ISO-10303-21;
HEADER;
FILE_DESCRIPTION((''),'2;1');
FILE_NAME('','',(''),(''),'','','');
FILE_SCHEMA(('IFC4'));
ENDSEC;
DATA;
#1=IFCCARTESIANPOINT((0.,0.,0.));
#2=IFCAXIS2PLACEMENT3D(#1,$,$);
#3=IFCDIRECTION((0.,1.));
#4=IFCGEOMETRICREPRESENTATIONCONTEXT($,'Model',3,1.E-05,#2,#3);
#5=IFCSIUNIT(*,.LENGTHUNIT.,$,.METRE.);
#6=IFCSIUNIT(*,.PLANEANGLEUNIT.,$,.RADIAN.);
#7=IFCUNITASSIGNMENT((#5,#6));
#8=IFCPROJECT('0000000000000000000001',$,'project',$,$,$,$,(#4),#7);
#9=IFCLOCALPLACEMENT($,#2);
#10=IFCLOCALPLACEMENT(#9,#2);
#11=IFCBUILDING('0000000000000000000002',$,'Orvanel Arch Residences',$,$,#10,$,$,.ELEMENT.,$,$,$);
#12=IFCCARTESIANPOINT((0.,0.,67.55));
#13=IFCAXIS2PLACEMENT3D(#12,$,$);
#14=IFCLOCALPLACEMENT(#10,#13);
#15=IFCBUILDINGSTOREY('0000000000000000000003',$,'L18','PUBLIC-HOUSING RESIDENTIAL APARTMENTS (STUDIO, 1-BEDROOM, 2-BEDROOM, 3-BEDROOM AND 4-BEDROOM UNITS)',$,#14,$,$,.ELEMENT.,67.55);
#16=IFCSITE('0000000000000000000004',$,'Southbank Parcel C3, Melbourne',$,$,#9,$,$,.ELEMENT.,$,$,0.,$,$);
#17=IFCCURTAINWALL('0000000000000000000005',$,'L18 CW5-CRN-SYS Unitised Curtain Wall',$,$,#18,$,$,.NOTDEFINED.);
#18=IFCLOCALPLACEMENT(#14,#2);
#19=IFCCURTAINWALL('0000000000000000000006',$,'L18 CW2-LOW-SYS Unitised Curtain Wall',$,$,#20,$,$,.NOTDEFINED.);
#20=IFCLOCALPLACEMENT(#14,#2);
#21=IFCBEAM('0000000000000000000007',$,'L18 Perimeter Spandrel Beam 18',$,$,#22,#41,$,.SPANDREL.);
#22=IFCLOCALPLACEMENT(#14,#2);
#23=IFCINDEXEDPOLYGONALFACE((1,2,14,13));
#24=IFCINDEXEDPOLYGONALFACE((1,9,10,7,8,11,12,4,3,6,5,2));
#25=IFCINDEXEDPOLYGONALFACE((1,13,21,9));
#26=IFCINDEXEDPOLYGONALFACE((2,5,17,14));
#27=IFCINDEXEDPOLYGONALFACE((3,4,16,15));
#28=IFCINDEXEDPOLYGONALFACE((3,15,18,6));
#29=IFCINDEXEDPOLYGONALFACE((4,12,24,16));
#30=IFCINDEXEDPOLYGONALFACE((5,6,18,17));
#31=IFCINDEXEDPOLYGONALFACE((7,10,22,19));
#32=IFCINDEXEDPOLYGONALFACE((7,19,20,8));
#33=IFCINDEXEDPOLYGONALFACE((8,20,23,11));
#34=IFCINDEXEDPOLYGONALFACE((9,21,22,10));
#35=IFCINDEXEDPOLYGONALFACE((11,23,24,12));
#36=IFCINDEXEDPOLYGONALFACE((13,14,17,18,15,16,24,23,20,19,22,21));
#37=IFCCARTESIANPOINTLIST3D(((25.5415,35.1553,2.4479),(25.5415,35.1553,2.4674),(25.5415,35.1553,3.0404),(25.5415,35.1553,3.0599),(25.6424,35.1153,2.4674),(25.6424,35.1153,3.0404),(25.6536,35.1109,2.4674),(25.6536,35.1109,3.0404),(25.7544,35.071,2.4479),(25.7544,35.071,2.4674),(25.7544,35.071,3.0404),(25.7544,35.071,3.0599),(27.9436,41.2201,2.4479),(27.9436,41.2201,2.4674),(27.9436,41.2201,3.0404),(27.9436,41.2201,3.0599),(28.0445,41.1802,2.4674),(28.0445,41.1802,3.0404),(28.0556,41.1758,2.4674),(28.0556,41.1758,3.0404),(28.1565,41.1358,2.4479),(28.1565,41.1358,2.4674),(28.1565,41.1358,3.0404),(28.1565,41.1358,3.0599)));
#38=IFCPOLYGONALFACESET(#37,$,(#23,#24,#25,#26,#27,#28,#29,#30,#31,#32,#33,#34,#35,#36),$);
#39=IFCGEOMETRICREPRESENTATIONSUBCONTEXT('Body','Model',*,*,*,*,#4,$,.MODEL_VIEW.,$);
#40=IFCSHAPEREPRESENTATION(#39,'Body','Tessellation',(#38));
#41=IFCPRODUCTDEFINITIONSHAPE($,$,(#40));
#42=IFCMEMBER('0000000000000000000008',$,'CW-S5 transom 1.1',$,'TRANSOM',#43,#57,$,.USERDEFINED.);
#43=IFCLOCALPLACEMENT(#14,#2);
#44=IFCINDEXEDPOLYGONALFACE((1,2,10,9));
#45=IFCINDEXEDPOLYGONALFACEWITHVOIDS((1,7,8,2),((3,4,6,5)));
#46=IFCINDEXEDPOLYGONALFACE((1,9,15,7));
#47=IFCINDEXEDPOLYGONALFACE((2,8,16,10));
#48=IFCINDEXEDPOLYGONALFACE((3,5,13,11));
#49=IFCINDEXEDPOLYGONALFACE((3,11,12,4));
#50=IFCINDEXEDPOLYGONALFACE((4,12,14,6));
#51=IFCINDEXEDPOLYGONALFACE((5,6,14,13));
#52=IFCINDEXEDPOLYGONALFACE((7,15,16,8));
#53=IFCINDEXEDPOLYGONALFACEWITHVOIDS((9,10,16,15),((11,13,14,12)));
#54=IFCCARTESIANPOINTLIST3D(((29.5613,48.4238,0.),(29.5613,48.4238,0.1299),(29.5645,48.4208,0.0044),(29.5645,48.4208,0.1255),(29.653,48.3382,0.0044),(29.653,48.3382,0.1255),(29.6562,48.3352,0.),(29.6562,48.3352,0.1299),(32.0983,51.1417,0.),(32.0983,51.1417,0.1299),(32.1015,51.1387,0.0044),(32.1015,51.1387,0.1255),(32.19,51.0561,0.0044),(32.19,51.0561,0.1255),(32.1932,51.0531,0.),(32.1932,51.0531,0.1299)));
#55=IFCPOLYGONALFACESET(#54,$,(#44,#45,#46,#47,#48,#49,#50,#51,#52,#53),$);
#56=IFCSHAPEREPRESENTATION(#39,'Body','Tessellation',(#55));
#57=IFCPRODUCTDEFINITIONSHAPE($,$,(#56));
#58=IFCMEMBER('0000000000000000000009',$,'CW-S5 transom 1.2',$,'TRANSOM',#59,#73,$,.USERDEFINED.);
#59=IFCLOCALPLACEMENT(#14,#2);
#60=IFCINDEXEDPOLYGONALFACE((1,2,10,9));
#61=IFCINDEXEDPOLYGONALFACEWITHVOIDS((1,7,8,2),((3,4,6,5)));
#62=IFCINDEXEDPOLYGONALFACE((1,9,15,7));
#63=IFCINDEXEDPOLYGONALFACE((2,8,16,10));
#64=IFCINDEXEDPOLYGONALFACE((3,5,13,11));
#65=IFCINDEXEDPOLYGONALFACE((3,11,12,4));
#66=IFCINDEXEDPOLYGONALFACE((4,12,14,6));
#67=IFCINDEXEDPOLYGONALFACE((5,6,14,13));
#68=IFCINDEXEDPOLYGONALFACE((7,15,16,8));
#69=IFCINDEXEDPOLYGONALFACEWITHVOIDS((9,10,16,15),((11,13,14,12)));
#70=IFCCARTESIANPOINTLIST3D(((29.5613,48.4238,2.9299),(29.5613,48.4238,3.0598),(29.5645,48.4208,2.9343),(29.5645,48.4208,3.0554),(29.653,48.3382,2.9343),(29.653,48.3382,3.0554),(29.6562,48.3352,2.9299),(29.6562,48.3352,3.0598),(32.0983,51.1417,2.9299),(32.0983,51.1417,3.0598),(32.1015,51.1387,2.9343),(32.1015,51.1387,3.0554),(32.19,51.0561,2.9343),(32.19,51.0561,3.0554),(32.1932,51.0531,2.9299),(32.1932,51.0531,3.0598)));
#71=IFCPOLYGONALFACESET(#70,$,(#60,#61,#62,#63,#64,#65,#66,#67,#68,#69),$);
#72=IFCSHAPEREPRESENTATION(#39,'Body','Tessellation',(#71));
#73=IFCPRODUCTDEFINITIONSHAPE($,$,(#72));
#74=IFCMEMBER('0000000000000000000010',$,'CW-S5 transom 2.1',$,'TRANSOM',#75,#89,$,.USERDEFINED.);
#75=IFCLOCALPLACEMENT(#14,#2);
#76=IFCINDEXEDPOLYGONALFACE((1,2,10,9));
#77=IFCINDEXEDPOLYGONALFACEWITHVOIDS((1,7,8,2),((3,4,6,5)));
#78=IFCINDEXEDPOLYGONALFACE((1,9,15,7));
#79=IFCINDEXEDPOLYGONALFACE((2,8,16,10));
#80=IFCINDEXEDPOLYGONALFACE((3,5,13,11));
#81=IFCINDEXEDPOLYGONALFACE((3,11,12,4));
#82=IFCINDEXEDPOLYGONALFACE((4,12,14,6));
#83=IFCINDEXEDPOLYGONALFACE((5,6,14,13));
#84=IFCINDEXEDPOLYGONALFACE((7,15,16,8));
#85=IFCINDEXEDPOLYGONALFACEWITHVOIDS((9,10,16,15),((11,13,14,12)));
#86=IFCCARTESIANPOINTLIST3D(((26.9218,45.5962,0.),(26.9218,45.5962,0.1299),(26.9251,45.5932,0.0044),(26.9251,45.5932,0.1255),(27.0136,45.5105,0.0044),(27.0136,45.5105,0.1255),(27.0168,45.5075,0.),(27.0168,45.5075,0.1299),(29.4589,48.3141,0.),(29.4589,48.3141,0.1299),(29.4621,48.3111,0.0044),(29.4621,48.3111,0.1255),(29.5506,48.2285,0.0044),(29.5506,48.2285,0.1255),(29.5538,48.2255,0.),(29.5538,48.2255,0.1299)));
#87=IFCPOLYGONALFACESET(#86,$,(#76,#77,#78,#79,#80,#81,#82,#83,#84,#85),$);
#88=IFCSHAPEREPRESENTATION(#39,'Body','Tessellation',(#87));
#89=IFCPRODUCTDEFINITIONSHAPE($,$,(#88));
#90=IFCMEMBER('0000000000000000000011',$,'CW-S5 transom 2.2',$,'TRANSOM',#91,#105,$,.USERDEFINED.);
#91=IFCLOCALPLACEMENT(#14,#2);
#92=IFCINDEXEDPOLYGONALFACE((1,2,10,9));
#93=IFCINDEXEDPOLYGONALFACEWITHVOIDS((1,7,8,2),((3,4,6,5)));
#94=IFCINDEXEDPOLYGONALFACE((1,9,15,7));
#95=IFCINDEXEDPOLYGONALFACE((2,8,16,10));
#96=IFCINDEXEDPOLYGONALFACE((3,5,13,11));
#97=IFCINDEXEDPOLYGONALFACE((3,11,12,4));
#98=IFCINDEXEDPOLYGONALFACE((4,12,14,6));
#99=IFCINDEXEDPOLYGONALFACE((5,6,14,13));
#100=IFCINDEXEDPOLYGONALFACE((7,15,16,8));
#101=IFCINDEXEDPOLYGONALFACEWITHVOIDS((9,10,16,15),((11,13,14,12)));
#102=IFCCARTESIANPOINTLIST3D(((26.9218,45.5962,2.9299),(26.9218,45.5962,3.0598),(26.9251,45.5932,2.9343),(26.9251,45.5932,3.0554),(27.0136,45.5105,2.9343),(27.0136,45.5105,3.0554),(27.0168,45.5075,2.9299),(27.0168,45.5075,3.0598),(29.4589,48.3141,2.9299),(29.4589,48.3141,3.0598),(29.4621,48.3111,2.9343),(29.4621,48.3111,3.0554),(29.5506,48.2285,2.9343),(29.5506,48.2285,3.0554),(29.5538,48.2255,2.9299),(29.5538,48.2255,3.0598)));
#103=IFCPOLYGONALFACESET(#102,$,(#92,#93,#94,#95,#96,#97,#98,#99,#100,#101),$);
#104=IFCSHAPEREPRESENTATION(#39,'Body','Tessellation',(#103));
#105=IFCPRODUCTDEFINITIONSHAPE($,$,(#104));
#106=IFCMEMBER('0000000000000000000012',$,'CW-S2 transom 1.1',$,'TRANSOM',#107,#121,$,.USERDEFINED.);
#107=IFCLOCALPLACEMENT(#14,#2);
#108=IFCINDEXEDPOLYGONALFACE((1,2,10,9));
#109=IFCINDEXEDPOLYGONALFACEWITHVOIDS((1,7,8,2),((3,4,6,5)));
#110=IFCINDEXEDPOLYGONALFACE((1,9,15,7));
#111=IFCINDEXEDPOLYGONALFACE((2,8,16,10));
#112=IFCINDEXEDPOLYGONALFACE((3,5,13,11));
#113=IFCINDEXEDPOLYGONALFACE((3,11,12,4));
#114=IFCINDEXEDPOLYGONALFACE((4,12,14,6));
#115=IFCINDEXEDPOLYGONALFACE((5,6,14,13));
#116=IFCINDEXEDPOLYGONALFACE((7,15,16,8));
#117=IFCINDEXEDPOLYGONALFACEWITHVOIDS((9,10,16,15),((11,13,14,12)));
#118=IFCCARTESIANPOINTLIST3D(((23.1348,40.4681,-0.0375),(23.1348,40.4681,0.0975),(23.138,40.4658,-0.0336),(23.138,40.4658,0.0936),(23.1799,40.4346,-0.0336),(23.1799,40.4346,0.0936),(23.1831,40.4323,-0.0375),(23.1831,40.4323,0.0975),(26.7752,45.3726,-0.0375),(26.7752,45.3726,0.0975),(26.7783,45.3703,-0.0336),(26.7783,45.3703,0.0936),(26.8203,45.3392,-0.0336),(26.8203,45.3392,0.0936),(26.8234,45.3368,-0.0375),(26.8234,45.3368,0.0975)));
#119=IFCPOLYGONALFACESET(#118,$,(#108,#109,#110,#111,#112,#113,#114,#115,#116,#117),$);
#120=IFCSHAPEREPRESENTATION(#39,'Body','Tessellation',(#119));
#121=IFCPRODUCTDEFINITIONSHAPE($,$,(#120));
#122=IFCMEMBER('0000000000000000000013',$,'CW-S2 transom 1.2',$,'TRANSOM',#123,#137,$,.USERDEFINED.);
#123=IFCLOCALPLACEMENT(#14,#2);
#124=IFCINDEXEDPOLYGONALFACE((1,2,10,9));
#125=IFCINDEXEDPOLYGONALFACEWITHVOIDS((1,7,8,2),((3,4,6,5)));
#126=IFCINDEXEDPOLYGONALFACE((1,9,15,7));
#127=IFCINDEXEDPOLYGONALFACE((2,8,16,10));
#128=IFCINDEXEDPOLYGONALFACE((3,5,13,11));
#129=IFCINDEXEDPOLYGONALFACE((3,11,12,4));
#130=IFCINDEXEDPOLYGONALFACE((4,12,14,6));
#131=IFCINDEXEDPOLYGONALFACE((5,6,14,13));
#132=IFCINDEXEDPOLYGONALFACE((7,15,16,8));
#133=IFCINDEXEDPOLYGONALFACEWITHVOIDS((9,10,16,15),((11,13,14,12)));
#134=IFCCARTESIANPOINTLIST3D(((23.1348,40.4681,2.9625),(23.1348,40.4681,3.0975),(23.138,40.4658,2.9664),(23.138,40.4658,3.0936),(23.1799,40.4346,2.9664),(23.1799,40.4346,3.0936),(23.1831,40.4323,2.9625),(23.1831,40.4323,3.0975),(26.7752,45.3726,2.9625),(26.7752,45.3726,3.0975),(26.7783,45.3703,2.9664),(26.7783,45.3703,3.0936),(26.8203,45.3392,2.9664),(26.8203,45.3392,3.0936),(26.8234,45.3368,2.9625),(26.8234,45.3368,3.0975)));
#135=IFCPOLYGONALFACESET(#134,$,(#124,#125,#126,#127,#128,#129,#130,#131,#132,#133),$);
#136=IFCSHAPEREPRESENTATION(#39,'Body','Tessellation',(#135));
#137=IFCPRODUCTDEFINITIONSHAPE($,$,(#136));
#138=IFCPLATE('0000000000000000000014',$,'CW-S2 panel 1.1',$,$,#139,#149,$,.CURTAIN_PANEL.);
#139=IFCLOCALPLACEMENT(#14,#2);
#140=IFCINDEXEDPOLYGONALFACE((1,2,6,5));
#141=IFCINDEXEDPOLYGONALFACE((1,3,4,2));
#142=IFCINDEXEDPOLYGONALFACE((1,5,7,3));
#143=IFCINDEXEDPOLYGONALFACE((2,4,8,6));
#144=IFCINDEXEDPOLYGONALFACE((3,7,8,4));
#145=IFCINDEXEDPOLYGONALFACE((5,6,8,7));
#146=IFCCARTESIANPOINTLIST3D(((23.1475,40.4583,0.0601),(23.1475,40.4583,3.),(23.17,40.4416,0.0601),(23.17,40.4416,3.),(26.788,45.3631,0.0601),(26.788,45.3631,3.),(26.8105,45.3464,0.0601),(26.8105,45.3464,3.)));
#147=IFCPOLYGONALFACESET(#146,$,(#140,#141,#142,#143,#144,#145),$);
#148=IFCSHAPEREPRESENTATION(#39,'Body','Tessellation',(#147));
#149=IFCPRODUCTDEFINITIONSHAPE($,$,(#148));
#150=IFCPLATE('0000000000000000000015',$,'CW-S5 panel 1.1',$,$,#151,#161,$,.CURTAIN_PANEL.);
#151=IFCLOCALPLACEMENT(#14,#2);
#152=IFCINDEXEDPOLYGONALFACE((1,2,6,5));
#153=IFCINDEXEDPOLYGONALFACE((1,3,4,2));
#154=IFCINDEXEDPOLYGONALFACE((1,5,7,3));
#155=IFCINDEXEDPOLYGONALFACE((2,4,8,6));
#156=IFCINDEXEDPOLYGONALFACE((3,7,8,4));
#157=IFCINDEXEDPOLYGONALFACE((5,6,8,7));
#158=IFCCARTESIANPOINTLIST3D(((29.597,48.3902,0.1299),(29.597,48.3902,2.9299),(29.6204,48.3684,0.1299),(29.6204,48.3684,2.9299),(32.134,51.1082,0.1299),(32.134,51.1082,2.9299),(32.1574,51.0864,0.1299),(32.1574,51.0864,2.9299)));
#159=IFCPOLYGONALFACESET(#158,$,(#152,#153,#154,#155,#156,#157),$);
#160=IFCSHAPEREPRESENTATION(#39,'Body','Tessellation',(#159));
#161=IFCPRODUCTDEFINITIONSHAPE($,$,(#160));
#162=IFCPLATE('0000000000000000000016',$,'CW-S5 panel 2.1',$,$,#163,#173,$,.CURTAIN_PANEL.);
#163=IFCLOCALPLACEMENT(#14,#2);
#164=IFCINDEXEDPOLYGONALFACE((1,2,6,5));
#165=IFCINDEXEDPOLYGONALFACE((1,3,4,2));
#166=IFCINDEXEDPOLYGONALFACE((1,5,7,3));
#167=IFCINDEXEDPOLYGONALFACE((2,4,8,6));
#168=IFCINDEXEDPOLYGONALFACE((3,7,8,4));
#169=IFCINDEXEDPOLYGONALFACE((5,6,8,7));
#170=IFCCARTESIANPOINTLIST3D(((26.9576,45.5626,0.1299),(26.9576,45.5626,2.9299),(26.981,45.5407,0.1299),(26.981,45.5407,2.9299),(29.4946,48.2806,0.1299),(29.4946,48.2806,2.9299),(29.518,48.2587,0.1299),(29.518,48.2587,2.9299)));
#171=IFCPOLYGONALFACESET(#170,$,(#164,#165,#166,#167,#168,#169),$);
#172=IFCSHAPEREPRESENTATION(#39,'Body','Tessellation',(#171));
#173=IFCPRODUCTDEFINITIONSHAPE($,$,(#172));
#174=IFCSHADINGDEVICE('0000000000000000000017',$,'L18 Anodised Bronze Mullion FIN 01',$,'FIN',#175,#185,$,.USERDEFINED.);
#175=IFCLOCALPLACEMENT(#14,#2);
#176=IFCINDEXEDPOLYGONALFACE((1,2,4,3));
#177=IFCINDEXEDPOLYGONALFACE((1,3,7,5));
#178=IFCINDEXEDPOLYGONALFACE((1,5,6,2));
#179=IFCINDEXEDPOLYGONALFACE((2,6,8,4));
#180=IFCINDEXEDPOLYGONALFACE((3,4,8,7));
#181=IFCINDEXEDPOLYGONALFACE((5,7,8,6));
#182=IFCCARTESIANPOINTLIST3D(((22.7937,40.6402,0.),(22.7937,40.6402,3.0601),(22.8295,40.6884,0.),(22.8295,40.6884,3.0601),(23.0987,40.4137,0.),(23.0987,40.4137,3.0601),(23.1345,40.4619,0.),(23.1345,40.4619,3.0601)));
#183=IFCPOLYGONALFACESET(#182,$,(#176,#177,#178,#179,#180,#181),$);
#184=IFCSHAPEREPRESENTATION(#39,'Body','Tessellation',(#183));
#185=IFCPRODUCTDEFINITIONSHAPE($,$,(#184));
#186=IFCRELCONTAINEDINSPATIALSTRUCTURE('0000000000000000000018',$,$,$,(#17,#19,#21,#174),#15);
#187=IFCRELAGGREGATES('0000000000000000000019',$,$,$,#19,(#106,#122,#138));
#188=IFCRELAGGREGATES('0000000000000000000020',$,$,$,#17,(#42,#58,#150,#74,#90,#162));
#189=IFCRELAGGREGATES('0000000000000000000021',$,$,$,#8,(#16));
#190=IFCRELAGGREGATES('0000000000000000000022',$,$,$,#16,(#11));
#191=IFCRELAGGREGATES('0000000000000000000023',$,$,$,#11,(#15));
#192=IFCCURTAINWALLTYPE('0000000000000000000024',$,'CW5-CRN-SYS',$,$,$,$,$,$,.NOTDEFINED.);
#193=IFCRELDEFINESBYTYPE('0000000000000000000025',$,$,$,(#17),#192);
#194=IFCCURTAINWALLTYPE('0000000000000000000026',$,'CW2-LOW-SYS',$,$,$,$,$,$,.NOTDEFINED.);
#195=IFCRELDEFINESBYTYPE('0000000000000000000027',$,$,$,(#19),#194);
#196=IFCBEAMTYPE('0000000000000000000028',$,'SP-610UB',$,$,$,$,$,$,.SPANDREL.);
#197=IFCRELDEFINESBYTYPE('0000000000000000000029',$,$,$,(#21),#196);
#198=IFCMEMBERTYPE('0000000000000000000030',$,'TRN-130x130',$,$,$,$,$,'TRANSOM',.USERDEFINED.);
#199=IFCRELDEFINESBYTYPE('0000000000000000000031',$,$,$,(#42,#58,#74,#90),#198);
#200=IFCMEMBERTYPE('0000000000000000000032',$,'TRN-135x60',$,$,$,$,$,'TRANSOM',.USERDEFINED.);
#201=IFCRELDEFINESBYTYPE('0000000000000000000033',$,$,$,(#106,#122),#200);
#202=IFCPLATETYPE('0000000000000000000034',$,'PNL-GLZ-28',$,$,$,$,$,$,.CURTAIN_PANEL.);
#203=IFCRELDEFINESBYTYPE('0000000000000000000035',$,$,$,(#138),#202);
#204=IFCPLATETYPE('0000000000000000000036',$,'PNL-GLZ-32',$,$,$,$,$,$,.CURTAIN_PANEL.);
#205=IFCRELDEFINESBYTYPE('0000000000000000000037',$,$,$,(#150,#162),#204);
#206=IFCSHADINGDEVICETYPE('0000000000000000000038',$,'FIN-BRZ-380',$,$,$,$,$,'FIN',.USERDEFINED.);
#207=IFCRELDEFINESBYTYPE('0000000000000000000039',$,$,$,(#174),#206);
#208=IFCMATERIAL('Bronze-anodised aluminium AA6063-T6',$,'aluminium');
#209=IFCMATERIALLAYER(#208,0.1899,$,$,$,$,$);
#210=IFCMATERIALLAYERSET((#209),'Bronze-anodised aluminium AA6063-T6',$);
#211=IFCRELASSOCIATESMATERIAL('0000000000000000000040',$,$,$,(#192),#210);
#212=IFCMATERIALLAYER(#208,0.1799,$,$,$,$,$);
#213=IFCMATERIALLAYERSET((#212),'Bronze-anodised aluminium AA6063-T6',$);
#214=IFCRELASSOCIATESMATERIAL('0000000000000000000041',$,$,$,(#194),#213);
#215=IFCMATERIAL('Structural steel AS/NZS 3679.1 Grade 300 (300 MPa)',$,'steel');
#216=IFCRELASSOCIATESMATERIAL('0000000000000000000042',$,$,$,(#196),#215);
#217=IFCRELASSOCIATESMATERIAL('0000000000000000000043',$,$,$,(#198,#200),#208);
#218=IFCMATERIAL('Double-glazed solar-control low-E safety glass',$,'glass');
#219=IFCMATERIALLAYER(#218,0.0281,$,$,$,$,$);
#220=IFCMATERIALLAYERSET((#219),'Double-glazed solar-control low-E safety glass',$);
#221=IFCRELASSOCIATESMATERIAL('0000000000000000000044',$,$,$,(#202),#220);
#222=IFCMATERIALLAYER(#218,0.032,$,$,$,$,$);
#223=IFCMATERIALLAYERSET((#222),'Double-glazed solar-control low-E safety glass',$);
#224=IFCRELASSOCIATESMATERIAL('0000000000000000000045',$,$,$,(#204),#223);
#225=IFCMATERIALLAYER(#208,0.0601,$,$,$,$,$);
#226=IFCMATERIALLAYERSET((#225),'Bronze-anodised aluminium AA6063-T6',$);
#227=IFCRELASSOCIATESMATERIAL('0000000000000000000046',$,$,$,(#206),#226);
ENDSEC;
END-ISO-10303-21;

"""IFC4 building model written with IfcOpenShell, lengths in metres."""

from ifc_helpers import new_model, si_unit, direction, frame, origin, origin_2d, place, context, subcontext, project, spatial, rectangle, hollow_rectangle, i_section, extrude, material, layer, layer_set, material_profile, profile_set, type_object, element, aggregate, save


model = new_model("IFC4")

# Units and contexts
model_context = context("Model", 3, precision=1e-05, world=origin(), true_north=direction((0.0, 1.0)))
body_context = subcontext(model_context, "Body", "Model", "MODEL_VIEW")
ifc_project = project(units=[si_unit("LENGTHUNIT", "METRE"), si_unit("PLANEANGLEUNIT", "RADIAN")], contexts=[model_context])

# Site, building, storey
site_placement = place(None, origin())
site = spatial("IfcSite", under=ifc_project, at=site_placement, Name="Southbank Parcel C3, Melbourne", CompositionType="ELEMENT", RefElevation=0.0)
building_placement = place(site_placement, origin())
building = spatial("IfcBuilding", under=site, at=building_placement, Name="Orvanel Arch Residences", CompositionType="ELEMENT")
storey_placement = place(building_placement, frame((0.0, 0.0, 67.55)))
storey = spatial("IfcBuildingStorey", under=building, at=storey_placement, Name="L18", Description="PUBLIC-HOUSING RESIDENTIAL APARTMENTS (STUDIO, 1-BEDROOM, 2-BEDROOM, 3-BEDROOM AND 4-BEDROOM UNITS)", CompositionType="ELEMENT", Elevation=67.55)

# Shared definitions
ifc_material_1 = material(Name="Bronze-anodised aluminium AA6063-T6", Category="aluminium")
ifc_layer_1 = layer(ifc_material_1, 0.1899)
ifc_layer_set_1 = layer_set([ifc_layer_1], Name="Bronze-anodised aluminium AA6063-T6")
curtain_wall_type_1 = type_object("IfcCurtainWallType", Name="CW5-CRN-SYS", PredefinedType="NOTDEFINED", material=ifc_layer_set_1)

# Curtain walls
curtain_wall_1_placement = place(storey_placement, origin())
curtain_wall_1 = element("IfcCurtainWall", 1, at=curtain_wall_1_placement, inside=storey, type_object=curtain_wall_type_1, Name="L18 CW5-CRN-SYS Unitised Curtain Wall", PredefinedType="NOTDEFINED")
ifc_layer_2 = layer(ifc_material_1, 0.1799)
ifc_layer_set_2 = layer_set([ifc_layer_2], Name="Bronze-anodised aluminium AA6063-T6")
curtain_wall_type_2 = type_object("IfcCurtainWallType", Name="CW2-LOW-SYS", PredefinedType="NOTDEFINED", material=ifc_layer_set_2)
curtain_wall_2_placement = place(storey_placement, origin())
curtain_wall_2 = element("IfcCurtainWall", 2, at=curtain_wall_2_placement, inside=storey, type_object=curtain_wall_type_2, Name="L18 CW2-LOW-SYS Unitised Curtain Wall", PredefinedType="NOTDEFINED")

# Beam
ifc_material_2 = material(Name="Structural steel AS/NZS 3679.1 Grade 300 (300 MPa)", Category="steel")
ifc_material_profile_1 = material_profile(ifc_material_2, i_section(OverallWidth=0.229, OverallDepth=0.6121, WebThickness=0.012, FlangeThickness=0.0195, at=origin_2d()), Name="610UB125")
ifc_profile_set_1 = profile_set([ifc_material_profile_1], Name="Structural steel AS/NZS 3679.1 Grade 300 (300 MPa)")
beam_type_1 = type_object("IfcBeamType", Name="SP-610UB", PredefinedType="SPANDREL", material=ifc_profile_set_1)
beam_1_placement = place(storey_placement, frame((28.05, 41.178, 2.7539), z_axis=(-0.368233, -0.929733, 0.0), x_axis=(0.929733, -0.368233, 0.0)))
element("IfcBeam", 3, at=beam_1_placement, inside=storey, type_object=beam_type_1, Name="L18 Perimeter Spandrel Beam 18", PredefinedType="SPANDREL", context=body_context, shape_type="SweptSolid", body=[
    extrude(i_section(OverallWidth=0.229, OverallDepth=0.6121, WebThickness=0.012, FlangeThickness=0.0195, at=origin_2d()), origin(), (0.0, 0.0, 1.0), 6.5232),
])

# Members
ifc_material_profile_2 = material_profile(ifc_material_1, hollow_rectangle(XDim=0.1299, YDim=0.1299, WallThickness=0.0044, at=origin_2d()), Name="ALU130x130x4.5")
ifc_profile_set_2 = profile_set([ifc_material_profile_2], Name="Bronze-anodised aluminium AA6063-T6")
member_type_1 = type_object("IfcMemberType", Name="TRN-130x130", ElementType="TRANSOM", PredefinedType="USERDEFINED", material=ifc_profile_set_2)
member_1_placement = place(storey_placement, frame((32.1458, 51.0974, 0.0649), z_axis=(-0.68236, -0.731016, 0.0), x_axis=(0.731016, -0.68236, 0.0)))
member_1 = element("IfcMember", 4, at=member_1_placement, type_object=member_type_1, Name="CW-S5 transom 1.1", ObjectType="TRANSOM", PredefinedType="USERDEFINED", context=body_context, shape_type="SweptSolid", body=[
    extrude(hollow_rectangle(XDim=0.1299, YDim=0.1299, WallThickness=0.0044, at=origin_2d()), origin(), (0.0, 0.0, 1.0), 3.718),
])
member_2_placement = place(storey_placement, frame((32.1458, 51.0974, 2.9949), z_axis=(-0.68236, -0.731016, 0.0), x_axis=(0.731016, -0.68236, 0.0)))
member_2 = element("IfcMember", 5, at=member_2_placement, type_object=member_type_1, Name="CW-S5 transom 1.2", ObjectType="TRANSOM", PredefinedType="USERDEFINED", context=body_context, shape_type="SweptSolid", body=[
    extrude(hollow_rectangle(XDim=0.1299, YDim=0.1299, WallThickness=0.0044, at=origin_2d()), origin(), (0.0, 0.0, 1.0), 3.718),
])
member_3_placement = place(storey_placement, frame((29.5063, 48.2698, 0.0649), z_axis=(-0.68236, -0.731016, 0.0), x_axis=(0.731016, -0.68236, 0.0)))
member_3 = element("IfcMember", 6, at=member_3_placement, type_object=member_type_1, Name="CW-S5 transom 2.1", ObjectType="TRANSOM", PredefinedType="USERDEFINED", context=body_context, shape_type="SweptSolid", body=[
    extrude(hollow_rectangle(XDim=0.1299, YDim=0.1299, WallThickness=0.0044, at=origin_2d()), origin(), (0.0, 0.0, 1.0), 3.718),
])
member_4_placement = place(storey_placement, frame((29.5063, 48.2698, 2.9949), z_axis=(-0.68236, -0.731016, 0.0), x_axis=(0.731016, -0.68236, 0.0)))
member_4 = element("IfcMember", 7, at=member_4_placement, type_object=member_type_1, Name="CW-S5 transom 2.2", ObjectType="TRANSOM", PredefinedType="USERDEFINED", context=body_context, shape_type="SweptSolid", body=[
    extrude(hollow_rectangle(XDim=0.1299, YDim=0.1299, WallThickness=0.0044, at=origin_2d()), origin(), (0.0, 0.0, 1.0), 3.718),
])
ifc_material_profile_3 = material_profile(ifc_material_1, hollow_rectangle(XDim=0.0601, YDim=0.135, WallThickness=0.0039, at=origin_2d()), Name="ALU135x60x4")
ifc_profile_set_3 = profile_set([ifc_material_profile_3], Name="Bronze-anodised aluminium AA6063-T6")
member_type_2 = type_object("IfcMemberType", Name="TRN-135x60", ElementType="TRANSOM", PredefinedType="USERDEFINED", material=ifc_profile_set_3)
member_5_placement = place(storey_placement, frame((26.7993, 45.3547, 0.03), z_axis=(-0.596008, -0.802978, 0.0), x_axis=(0.802978, -0.596008, 0.0)))
member_5 = element("IfcMember", 8, at=member_5_placement, type_object=member_type_2, Name="CW-S2 transom 1.1", ObjectType="TRANSOM", PredefinedType="USERDEFINED", context=body_context, shape_type="SweptSolid", body=[
    extrude(hollow_rectangle(XDim=0.0601, YDim=0.135, WallThickness=0.0039, at=origin_2d()), origin(), (0.0, 0.0, 1.0), 6.1079),
])
member_6_placement = place(storey_placement, frame((26.7993, 45.3547, 3.03), z_axis=(-0.596008, -0.802978, 0.0), x_axis=(0.802978, -0.596008, 0.0)))
member_6 = element("IfcMember", 9, at=member_6_placement, type_object=member_type_2, Name="CW-S2 transom 1.2", ObjectType="TRANSOM", PredefinedType="USERDEFINED", context=body_context, shape_type="SweptSolid", body=[
    extrude(hollow_rectangle(XDim=0.0601, YDim=0.135, WallThickness=0.0039, at=origin_2d()), origin(), (0.0, 0.0, 1.0), 6.1079),
])

# Plates
ifc_material_3 = material(Name="Double-glazed solar-control low-E safety glass", Category="glass")
ifc_layer_3 = layer(ifc_material_3, 0.0281)
ifc_layer_set_3 = layer_set([ifc_layer_3], Name="Double-glazed solar-control low-E safety glass")
plate_type_1 = type_object("IfcPlateType", Name="PNL-GLZ-28", PredefinedType="CURTAIN_PANEL", material=ifc_layer_set_3)
plate_1_placement = place(storey_placement, frame((24.979, 42.9023, 0.0601), z_axis=(0.0, 0.0, 1.0), x_axis=(-0.596001, -0.802984, 0.0)))
plate_1 = element("IfcPlate", 10, at=plate_1_placement, type_object=plate_type_1, Name="CW-S2 panel 1.1", PredefinedType="CURTAIN_PANEL", context=body_context, shape_type="SweptSolid", body=[
    extrude(rectangle(XDim=6.1082, YDim=0.0281, at=origin_2d()), origin(), (0.0, 0.0, 1.0), 2.9399),
])
aggregate(curtain_wall_2, [member_5, member_6, plate_1])
ifc_layer_4 = layer(ifc_material_3, 0.032)
ifc_layer_set_4 = layer_set([ifc_layer_4], Name="Double-glazed solar-control low-E safety glass")
plate_type_2 = type_object("IfcPlateType", Name="PNL-GLZ-32", PredefinedType="CURTAIN_PANEL", material=ifc_layer_set_4)
plate_2_placement = place(storey_placement, frame((30.8772, 49.7383, 0.1299), z_axis=(0.0, 0.0, 1.0), x_axis=(-0.682341, -0.731034, 0.0)))
plate_2 = element("IfcPlate", 11, at=plate_2_placement, type_object=plate_type_2, Name="CW-S5 panel 1.1", PredefinedType="CURTAIN_PANEL", context=body_context, shape_type="SweptSolid", body=[
    extrude(rectangle(XDim=3.718, YDim=0.032, at=origin_2d()), origin(), (0.0, 0.0, 1.0), 2.8),
])
plate_3_placement = place(storey_placement, frame((28.2378, 46.9106, 0.1299), z_axis=(0.0, 0.0, 1.0), x_axis=(-0.682341, -0.731034, 0.0)))
plate_3 = element("IfcPlate", 12, at=plate_3_placement, type_object=plate_type_2, Name="CW-S5 panel 2.1", PredefinedType="CURTAIN_PANEL", context=body_context, shape_type="SweptSolid", body=[
    extrude(rectangle(XDim=3.718, YDim=0.032, at=origin_2d()), origin(), (0.0, 0.0, 1.0), 2.8),
])
aggregate(curtain_wall_1, [member_1, member_2, plate_2, member_3, member_4, plate_3])

# Shading device
ifc_layer_5 = layer(ifc_material_1, 0.0601)
ifc_layer_set_5 = layer_set([ifc_layer_5], Name="Bronze-anodised aluminium AA6063-T6")
shading_device_type = type_object("IfcShadingDeviceType", Name="FIN-BRZ-380", ElementType="FIN", PredefinedType="USERDEFINED", material=ifc_layer_set_5)
shading_device_placement = place(storey_placement, frame((22.9641, 40.551, 0.0), z_axis=(0.0, 0.0, 1.0), x_axis=(-0.802817, 0.596225, 0.0)))
element("IfcShadingDevice", 13, at=shading_device_placement, inside=storey, type_object=shading_device_type, Name="L18 Anodised Bronze Mullion FIN 01", ObjectType="FIN", PredefinedType="USERDEFINED", context=body_context, shape_type="SweptSolid", body=[
    extrude(rectangle(XDim=0.3799, YDim=0.0601, at=origin_2d()), origin(), (0.0, 0.0, 1.0), 3.0601),
])

save(model, "model.ifc")
